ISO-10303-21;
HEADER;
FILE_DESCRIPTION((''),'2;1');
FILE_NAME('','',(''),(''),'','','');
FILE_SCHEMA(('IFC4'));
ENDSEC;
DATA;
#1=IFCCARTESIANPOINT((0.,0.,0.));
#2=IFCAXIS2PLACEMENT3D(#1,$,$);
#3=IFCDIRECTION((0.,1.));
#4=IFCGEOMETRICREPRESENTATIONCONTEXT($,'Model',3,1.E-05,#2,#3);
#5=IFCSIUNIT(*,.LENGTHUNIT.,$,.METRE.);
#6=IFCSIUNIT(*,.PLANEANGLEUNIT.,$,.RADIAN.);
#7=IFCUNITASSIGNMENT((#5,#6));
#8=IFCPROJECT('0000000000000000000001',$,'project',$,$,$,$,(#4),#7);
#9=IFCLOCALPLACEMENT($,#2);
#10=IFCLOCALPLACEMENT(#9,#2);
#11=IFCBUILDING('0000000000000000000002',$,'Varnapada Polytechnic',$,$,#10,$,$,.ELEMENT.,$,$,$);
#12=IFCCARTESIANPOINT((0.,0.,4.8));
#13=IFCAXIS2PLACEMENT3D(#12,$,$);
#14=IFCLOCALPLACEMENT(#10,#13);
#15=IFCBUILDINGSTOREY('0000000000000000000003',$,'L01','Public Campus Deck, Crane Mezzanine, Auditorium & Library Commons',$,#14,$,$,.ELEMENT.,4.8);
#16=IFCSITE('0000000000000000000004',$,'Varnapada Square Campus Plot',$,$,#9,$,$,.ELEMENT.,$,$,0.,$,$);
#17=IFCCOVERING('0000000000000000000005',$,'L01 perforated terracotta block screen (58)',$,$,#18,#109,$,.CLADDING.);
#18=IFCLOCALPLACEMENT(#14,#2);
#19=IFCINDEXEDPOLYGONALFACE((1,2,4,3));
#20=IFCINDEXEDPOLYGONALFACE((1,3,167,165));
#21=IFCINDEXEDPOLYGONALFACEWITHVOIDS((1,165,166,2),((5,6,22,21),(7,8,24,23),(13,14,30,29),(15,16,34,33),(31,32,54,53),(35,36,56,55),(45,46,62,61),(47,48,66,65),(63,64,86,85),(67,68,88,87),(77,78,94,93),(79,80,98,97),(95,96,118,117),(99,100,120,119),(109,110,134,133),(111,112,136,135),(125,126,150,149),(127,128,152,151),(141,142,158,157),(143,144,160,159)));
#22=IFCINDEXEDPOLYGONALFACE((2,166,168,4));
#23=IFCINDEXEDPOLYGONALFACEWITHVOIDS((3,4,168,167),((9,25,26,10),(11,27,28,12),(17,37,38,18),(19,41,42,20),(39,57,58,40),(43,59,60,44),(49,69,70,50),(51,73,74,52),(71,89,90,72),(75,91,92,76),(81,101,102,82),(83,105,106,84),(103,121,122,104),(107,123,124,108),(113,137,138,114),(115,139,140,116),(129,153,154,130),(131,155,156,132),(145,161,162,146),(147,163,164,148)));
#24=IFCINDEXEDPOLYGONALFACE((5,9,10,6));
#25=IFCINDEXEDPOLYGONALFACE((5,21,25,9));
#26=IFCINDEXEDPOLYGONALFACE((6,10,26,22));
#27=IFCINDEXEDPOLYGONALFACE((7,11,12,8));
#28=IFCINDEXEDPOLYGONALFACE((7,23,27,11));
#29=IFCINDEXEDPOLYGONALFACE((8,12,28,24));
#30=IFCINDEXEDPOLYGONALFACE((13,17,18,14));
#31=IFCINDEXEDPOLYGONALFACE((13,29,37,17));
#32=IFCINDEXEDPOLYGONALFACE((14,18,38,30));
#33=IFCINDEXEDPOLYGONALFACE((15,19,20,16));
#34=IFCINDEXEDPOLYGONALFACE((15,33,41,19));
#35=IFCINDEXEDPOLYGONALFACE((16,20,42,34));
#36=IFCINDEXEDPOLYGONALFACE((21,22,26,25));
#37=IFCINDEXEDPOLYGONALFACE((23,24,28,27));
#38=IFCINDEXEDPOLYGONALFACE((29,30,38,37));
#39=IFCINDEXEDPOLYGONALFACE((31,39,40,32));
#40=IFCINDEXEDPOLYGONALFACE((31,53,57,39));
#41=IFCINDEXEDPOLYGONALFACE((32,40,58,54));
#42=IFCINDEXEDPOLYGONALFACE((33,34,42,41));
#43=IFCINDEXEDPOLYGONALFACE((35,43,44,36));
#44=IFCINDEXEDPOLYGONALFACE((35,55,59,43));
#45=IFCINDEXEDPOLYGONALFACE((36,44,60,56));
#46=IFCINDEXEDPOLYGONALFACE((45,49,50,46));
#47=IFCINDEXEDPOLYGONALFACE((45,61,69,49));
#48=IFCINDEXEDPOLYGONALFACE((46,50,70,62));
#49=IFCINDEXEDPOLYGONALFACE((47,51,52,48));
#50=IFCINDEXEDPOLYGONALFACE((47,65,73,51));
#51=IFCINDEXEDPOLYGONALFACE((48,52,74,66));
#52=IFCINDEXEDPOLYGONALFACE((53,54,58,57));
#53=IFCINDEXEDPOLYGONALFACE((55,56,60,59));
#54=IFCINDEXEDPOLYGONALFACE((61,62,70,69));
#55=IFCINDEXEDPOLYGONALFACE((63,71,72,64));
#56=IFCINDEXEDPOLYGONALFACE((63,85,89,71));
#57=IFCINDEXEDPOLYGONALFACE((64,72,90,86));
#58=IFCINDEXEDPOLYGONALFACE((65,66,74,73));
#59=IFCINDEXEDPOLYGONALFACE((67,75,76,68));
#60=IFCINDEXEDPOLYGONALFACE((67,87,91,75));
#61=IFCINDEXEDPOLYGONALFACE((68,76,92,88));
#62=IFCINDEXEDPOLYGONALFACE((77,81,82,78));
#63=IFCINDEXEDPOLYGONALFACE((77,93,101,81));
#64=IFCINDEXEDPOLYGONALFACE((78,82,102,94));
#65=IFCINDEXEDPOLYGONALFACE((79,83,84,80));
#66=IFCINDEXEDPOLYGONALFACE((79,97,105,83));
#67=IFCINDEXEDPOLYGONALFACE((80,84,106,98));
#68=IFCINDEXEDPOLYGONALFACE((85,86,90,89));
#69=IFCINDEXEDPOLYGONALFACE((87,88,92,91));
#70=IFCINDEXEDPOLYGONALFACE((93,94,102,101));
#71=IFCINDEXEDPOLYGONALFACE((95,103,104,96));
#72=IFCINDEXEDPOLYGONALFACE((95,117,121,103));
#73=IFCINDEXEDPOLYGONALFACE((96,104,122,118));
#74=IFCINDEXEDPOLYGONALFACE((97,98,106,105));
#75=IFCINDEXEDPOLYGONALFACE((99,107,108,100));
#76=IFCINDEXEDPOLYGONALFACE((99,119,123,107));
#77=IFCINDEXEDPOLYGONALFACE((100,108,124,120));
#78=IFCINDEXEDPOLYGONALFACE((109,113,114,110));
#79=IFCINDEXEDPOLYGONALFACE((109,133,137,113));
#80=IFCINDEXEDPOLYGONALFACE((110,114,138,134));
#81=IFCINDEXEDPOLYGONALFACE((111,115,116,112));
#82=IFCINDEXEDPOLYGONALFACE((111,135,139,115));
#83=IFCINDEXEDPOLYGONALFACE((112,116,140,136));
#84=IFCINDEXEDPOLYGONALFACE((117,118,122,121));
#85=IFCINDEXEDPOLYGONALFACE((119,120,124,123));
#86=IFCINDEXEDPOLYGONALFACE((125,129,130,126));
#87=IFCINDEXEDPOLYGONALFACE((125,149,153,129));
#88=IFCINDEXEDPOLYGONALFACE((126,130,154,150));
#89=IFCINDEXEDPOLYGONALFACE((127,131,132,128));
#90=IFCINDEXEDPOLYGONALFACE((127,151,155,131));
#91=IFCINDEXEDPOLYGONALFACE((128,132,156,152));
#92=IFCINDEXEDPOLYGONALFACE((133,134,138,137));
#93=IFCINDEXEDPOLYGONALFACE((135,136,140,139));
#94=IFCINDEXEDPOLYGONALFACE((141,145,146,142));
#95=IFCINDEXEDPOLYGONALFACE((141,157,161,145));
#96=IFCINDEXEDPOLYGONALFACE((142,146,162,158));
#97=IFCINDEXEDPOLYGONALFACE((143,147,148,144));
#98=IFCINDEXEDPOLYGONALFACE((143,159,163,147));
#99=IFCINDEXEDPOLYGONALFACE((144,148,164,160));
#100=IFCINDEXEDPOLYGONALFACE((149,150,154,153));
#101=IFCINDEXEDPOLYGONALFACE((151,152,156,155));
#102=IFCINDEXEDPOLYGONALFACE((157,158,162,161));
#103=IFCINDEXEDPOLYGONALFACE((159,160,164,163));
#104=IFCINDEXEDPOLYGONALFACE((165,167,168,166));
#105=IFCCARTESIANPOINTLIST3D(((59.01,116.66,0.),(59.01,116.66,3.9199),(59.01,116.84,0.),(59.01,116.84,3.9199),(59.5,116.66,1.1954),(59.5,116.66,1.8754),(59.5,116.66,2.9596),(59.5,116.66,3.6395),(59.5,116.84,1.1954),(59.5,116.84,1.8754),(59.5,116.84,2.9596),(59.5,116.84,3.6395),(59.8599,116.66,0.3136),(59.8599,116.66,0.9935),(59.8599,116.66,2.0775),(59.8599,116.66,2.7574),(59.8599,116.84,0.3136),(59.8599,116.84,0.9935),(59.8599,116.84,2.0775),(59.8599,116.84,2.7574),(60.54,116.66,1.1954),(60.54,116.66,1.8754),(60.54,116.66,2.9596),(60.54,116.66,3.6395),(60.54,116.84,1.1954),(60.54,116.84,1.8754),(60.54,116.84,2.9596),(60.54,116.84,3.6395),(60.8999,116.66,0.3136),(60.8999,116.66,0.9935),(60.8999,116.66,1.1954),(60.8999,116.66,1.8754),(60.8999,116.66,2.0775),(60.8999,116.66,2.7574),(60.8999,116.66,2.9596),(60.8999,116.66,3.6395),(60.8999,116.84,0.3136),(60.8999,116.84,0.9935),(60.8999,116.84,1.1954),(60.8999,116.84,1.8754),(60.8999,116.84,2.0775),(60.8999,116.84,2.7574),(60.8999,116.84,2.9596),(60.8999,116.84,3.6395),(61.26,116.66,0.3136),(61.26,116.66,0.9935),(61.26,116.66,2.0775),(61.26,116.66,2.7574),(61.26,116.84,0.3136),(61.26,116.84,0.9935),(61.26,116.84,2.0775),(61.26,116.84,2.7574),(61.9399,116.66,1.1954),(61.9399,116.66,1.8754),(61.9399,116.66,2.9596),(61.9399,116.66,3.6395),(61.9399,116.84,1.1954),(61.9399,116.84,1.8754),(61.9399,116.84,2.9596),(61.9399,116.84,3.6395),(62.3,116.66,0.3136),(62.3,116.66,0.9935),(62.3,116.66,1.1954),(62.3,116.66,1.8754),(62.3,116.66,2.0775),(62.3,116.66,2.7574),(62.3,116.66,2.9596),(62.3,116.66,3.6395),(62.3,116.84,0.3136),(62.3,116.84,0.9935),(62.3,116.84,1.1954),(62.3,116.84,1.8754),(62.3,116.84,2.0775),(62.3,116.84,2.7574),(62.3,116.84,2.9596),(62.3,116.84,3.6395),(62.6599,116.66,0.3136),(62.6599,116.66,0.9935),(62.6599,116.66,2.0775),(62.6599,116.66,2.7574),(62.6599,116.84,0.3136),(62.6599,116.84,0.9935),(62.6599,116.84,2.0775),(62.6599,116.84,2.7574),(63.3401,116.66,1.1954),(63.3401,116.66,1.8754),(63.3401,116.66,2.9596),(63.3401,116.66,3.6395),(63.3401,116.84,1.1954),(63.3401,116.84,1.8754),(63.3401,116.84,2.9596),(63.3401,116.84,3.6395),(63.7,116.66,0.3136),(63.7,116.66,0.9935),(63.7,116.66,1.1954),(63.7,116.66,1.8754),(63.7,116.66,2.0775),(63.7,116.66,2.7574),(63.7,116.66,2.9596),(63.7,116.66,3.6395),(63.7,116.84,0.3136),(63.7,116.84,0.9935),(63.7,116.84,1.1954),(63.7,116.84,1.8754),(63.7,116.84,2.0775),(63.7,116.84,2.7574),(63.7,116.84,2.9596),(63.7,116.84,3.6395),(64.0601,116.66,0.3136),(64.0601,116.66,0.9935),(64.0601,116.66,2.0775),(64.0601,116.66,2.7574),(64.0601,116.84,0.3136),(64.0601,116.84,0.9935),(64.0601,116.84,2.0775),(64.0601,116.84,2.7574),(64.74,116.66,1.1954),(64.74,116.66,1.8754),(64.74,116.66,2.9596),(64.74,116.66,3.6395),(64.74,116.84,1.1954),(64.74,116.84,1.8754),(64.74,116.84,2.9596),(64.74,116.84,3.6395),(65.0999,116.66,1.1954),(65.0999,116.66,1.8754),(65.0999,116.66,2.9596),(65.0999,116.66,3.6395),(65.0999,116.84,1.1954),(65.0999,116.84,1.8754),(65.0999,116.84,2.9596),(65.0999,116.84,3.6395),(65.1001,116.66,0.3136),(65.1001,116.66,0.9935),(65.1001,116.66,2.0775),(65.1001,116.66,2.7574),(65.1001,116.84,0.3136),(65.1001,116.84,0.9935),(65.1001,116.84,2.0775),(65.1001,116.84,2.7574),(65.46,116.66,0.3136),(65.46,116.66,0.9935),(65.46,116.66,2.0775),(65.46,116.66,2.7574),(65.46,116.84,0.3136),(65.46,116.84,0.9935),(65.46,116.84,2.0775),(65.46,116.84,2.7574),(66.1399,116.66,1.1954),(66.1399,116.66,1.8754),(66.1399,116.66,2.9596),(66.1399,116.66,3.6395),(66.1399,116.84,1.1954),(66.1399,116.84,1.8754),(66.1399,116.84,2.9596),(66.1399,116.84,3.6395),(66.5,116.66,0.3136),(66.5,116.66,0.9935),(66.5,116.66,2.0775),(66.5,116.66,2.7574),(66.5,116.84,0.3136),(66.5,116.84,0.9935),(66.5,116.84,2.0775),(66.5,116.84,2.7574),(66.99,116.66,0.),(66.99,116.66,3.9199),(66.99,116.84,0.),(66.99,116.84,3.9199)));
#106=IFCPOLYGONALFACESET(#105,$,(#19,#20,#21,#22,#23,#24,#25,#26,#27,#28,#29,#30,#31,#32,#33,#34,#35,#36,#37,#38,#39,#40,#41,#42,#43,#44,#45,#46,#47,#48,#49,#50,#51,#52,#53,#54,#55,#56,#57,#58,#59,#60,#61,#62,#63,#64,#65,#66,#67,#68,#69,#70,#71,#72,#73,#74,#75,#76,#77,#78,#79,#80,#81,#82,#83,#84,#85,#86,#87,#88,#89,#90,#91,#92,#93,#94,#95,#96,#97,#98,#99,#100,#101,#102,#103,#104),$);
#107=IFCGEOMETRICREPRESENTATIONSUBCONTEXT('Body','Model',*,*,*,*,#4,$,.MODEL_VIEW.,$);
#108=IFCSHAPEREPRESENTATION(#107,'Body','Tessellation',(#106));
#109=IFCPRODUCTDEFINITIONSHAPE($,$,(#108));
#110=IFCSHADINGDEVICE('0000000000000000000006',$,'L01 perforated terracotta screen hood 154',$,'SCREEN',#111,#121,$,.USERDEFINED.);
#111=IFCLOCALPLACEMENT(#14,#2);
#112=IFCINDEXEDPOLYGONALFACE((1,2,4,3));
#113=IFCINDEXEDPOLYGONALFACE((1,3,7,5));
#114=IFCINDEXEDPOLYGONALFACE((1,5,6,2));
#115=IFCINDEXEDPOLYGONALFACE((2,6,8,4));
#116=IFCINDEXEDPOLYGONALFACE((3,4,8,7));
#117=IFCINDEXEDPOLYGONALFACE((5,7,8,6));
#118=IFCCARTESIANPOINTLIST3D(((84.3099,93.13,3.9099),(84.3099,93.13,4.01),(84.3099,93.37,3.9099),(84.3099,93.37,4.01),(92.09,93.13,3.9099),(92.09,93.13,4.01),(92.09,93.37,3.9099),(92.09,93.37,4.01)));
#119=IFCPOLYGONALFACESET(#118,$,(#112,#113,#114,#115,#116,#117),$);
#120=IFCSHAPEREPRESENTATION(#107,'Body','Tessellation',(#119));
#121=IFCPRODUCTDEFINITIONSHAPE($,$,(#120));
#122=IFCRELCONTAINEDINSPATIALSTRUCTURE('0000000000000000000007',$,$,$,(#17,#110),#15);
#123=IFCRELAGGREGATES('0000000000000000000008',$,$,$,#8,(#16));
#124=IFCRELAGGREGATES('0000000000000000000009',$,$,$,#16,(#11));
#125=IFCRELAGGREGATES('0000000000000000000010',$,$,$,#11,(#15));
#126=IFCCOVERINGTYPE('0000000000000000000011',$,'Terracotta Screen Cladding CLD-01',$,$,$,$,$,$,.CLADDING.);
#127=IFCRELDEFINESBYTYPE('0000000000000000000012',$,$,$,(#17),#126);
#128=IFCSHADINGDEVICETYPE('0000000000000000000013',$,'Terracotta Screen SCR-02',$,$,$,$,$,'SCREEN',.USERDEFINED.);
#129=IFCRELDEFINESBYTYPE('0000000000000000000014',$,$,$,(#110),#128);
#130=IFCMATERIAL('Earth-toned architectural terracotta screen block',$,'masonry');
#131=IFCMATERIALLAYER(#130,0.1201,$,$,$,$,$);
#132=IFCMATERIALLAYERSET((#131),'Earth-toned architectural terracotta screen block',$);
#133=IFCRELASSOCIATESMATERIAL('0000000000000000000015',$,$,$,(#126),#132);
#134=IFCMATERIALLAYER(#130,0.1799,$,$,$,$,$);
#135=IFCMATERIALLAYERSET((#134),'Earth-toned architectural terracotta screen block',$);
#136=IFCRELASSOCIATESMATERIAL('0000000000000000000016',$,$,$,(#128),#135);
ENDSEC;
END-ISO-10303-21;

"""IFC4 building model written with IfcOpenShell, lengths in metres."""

from ifc_helpers import new_model, si_unit, direction, frame, frame_2d, origin, origin_2d, place, context, subcontext, project, spatial, rectangle, extrude, material, layer, layer_set, type_object, element, save


model = new_model("IFC4")

# Units and contexts
model_context = context("Model", 3, precision=1e-05, world=origin(), true_north=direction((0.0, 1.0)))
body_context = subcontext(model_context, "Body", "Model", "MODEL_VIEW")
ifc_project = project(units=[si_unit("LENGTHUNIT", "METRE"), si_unit("PLANEANGLEUNIT", "RADIAN")], contexts=[model_context])

# Site, building, storey
site_placement = place(None, origin())
site = spatial("IfcSite", under=ifc_project, at=site_placement, Name="Varnapada Square Campus Plot", CompositionType="ELEMENT", RefElevation=0.0)
building_placement = place(site_placement, origin())
building = spatial("IfcBuilding", under=site, at=building_placement, Name="Varnapada Polytechnic", CompositionType="ELEMENT")
storey_placement = place(building_placement, frame((0.0, 0.0, 4.8)))
storey = spatial("IfcBuildingStorey", under=building, at=storey_placement, Name="L01", Description="Public Campus Deck, Crane Mezzanine, Auditorium & Library Commons", CompositionType="ELEMENT", Elevation=4.8)

# Covering, openings
ifc_material = material(Name="Earth-toned architectural terracotta screen block", Category="masonry")
ifc_layer_1 = layer(ifc_material, 0.1201)
ifc_layer_set_1 = layer_set([ifc_layer_1], Name="Earth-toned architectural terracotta screen block")
covering_type = type_object("IfcCoveringType", Name="Terracotta Screen Cladding CLD-01", PredefinedType="CLADDING", material=ifc_layer_set_1)
covering_placement = place(storey_placement, frame((66.99, 116.75, 0.0), z_axis=(0.0, 0.0, 1.0), x_axis=(-1.0, 0.0, 0.0)))
covering = element("IfcCovering", 1, at=covering_placement, inside=storey, type_object=covering_type, Name="L01 perforated terracotta block screen (58)", PredefinedType="CLADDING", context=body_context, shape_type="SweptSolid", body=[
    extrude(rectangle(XDim=7.98, YDim=0.1799, at=frame_2d((3.99, 0.0))), origin(), (0.0, 0.0, 1.0), 3.9199),
])
opening_1_placement = place(covering_placement, frame((0.49, 0.0, 0.3137)))
element("IfcOpeningElement", 2, at=opening_1_placement, cuts=covering, PredefinedType="OPENING", context=body_context, shape_type="SweptSolid", body=[
    extrude(rectangle(XDim=1.04, YDim=0.6799, at=frame_2d((0.52, 0.3398))), frame((0.0, 0.0999, 0.0), z_axis=(0.0, -1.0, 0.0), x_axis=(1.0, 0.0, 0.0)), (0.0, 0.0, 1.0), 0.2),
])
opening_2_placement = place(covering_placement, frame((1.8899, 0.0, 0.3137)))
element("IfcOpeningElement", 3, at=opening_2_placement, cuts=covering, PredefinedType="OPENING", context=body_context, shape_type="SweptSolid", body=[
    extrude(rectangle(XDim=1.04, YDim=0.6799, at=frame_2d((0.52, 0.3398))), frame((0.0, 0.0999, 0.0), z_axis=(0.0, -1.0, 0.0), x_axis=(1.0, 0.0, 0.0)), (0.0, 0.0, 1.0), 0.2),
])
opening_3_placement = place(covering_placement, frame((3.29, 0.0, 0.3137)))
element("IfcOpeningElement", 4, at=opening_3_placement, cuts=covering, PredefinedType="OPENING", context=body_context, shape_type="SweptSolid", body=[
    extrude(rectangle(XDim=1.04, YDim=0.6799, at=frame_2d((0.52, 0.3398))), frame((0.0, 0.0999, 0.0), z_axis=(0.0, -1.0, 0.0), x_axis=(1.0, 0.0, 0.0)), (0.0, 0.0, 1.0), 0.2),
])
opening_4_placement = place(covering_placement, frame((4.6899, 0.0, 0.3137)))
element("IfcOpeningElement", 5, at=opening_4_placement, cuts=covering, PredefinedType="OPENING", context=body_context, shape_type="SweptSolid", body=[
    extrude(rectangle(XDim=1.04, YDim=0.6799, at=frame_2d((0.52, 0.3398))), frame((0.0, 0.0999, 0.0), z_axis=(0.0, -1.0, 0.0), x_axis=(1.0, 0.0, 0.0)), (0.0, 0.0, 1.0), 0.2),
])
opening_5_placement = place(covering_placement, frame((6.0901, 0.0, 0.3137)))
element("IfcOpeningElement", 6, at=opening_5_placement, cuts=covering, PredefinedType="OPENING", context=body_context, shape_type="SweptSolid", body=[
    extrude(rectangle(XDim=1.04, YDim=0.6799, at=frame_2d((0.52, 0.3398))), frame((0.0, 0.0999, 0.0), z_axis=(0.0, -1.0, 0.0), x_axis=(1.0, 0.0, 0.0)), (0.0, 0.0, 1.0), 0.2),
])
opening_6_placement = place(covering_placement, frame((0.8501, 0.0, 1.1956)))
element("IfcOpeningElement", 7, at=opening_6_placement, cuts=covering, PredefinedType="OPENING", context=body_context, shape_type="SweptSolid", body=[
    extrude(rectangle(XDim=1.04, YDim=0.6799, at=frame_2d((0.52, 0.3398))), frame((0.0, 0.0999, 0.0), z_axis=(0.0, -1.0, 0.0), x_axis=(1.0, 0.0, 0.0)), (0.0, 0.0, 1.0), 0.2),
])
opening_7_placement = place(covering_placement, frame((2.25, 0.0, 1.1956)))
element("IfcOpeningElement", 8, at=opening_7_placement, cuts=covering, PredefinedType="OPENING", context=body_context, shape_type="SweptSolid", body=[
    extrude(rectangle(XDim=1.04, YDim=0.6799, at=frame_2d((0.52, 0.3398))), frame((0.0, 0.0999, 0.0), z_axis=(0.0, -1.0, 0.0), x_axis=(1.0, 0.0, 0.0)), (0.0, 0.0, 1.0), 0.2),
])
opening_8_placement = place(covering_placement, frame((3.6499, 0.0, 1.1956)))
element("IfcOpeningElement", 9, at=opening_8_placement, cuts=covering, PredefinedType="OPENING", context=body_context, shape_type="SweptSolid", body=[
    extrude(rectangle(XDim=1.04, YDim=0.6799, at=frame_2d((0.52, 0.3398))), frame((0.0, 0.0999, 0.0), z_axis=(0.0, -1.0, 0.0), x_axis=(1.0, 0.0, 0.0)), (0.0, 0.0, 1.0), 0.2),
])
opening_9_placement = place(covering_placement, frame((5.05, 0.0, 1.1956)))
element("IfcOpeningElement", 10, at=opening_9_placement, cuts=covering, PredefinedType="OPENING", context=body_context, shape_type="SweptSolid", body=[
    extrude(rectangle(XDim=1.04, YDim=0.6799, at=frame_2d((0.52, 0.3398))), frame((0.0, 0.0999, 0.0), z_axis=(0.0, -1.0, 0.0), x_axis=(1.0, 0.0, 0.0)), (0.0, 0.0, 1.0), 0.2),
])
opening_10_placement = place(covering_placement, frame((6.45, 0.0, 1.1956)))
element("IfcOpeningElement", 11, at=opening_10_placement, cuts=covering, PredefinedType="OPENING", context=body_context, shape_type="SweptSolid", body=[
    extrude(rectangle(XDim=1.04, YDim=0.6799, at=frame_2d((0.52, 0.3398))), frame((0.0, 0.0999, 0.0), z_axis=(0.0, -1.0, 0.0), x_axis=(1.0, 0.0, 0.0)), (0.0, 0.0, 1.0), 0.2),
])
opening_11_placement = place(covering_placement, frame((0.49, 0.0, 2.0776)))
element("IfcOpeningElement", 12, at=opening_11_placement, cuts=covering, PredefinedType="OPENING", context=body_context, shape_type="SweptSolid", body=[
    extrude(rectangle(XDim=1.04, YDim=0.6799, at=frame_2d((0.52, 0.3398))), frame((0.0, 0.0999, 0.0), z_axis=(0.0, -1.0, 0.0), x_axis=(1.0, 0.0, 0.0)), (0.0, 0.0, 1.0), 0.2),
])
opening_12_placement = place(covering_placement, frame((1.8899, 0.0, 2.0776)))
element("IfcOpeningElement", 13, at=opening_12_placement, cuts=covering, PredefinedType="OPENING", context=body_context, shape_type="SweptSolid", body=[
    extrude(rectangle(XDim=1.04, YDim=0.6799, at=frame_2d((0.52, 0.3398))), frame((0.0, 0.0999, 0.0), z_axis=(0.0, -1.0, 0.0), x_axis=(1.0, 0.0, 0.0)), (0.0, 0.0, 1.0), 0.2),
])
opening_13_placement = place(covering_placement, frame((3.29, 0.0, 2.0776)))
element("IfcOpeningElement", 14, at=opening_13_placement, cuts=covering, PredefinedType="OPENING", context=body_context, shape_type="SweptSolid", body=[
    extrude(rectangle(XDim=1.04, YDim=0.6799, at=frame_2d((0.52, 0.3398))), frame((0.0, 0.0999, 0.0), z_axis=(0.0, -1.0, 0.0), x_axis=(1.0, 0.0, 0.0)), (0.0, 0.0, 1.0), 0.2),
])
opening_14_placement = place(covering_placement, frame((4.6899, 0.0, 2.0776)))
element("IfcOpeningElement", 15, at=opening_14_placement, cuts=covering, PredefinedType="OPENING", context=body_context, shape_type="SweptSolid", body=[
    extrude(rectangle(XDim=1.04, YDim=0.6799, at=frame_2d((0.52, 0.3398))), frame((0.0, 0.0999, 0.0), z_axis=(0.0, -1.0, 0.0), x_axis=(1.0, 0.0, 0.0)), (0.0, 0.0, 1.0), 0.2),
])
opening_15_placement = place(covering_placement, frame((6.0901, 0.0, 2.0776)))
element("IfcOpeningElement", 16, at=opening_15_placement, cuts=covering, PredefinedType="OPENING", context=body_context, shape_type="SweptSolid", body=[
    extrude(rectangle(XDim=1.04, YDim=0.6799, at=frame_2d((0.52, 0.3398))), frame((0.0, 0.0999, 0.0), z_axis=(0.0, -1.0, 0.0), x_axis=(1.0, 0.0, 0.0)), (0.0, 0.0, 1.0), 0.2),
])
opening_16_placement = place(covering_placement, frame((0.8501, 0.0, 2.9597)))
element("IfcOpeningElement", 17, at=opening_16_placement, cuts=covering, PredefinedType="OPENING", context=body_context, shape_type="SweptSolid", body=[
    extrude(rectangle(XDim=1.04, YDim=0.6799, at=frame_2d((0.52, 0.3398))), frame((0.0, 0.0999, 0.0), z_axis=(0.0, -1.0, 0.0), x_axis=(1.0, 0.0, 0.0)), (0.0, 0.0, 1.0), 0.2),
])
opening_17_placement = place(covering_placement, frame((2.25, 0.0, 2.9597)))
element("IfcOpeningElement", 18, at=opening_17_placement, cuts=covering, PredefinedType="OPENING", context=body_context, shape_type="SweptSolid", body=[
    extrude(rectangle(XDim=1.04, YDim=0.6799, at=frame_2d((0.52, 0.3398))), frame((0.0, 0.0999, 0.0), z_axis=(0.0, -1.0, 0.0), x_axis=(1.0, 0.0, 0.0)), (0.0, 0.0, 1.0), 0.2),
])
opening_18_placement = place(covering_placement, frame((3.6499, 0.0, 2.9597)))
element("IfcOpeningElement", 19, at=opening_18_placement, cuts=covering, PredefinedType="OPENING", context=body_context, shape_type="SweptSolid", body=[
    extrude(rectangle(XDim=1.04, YDim=0.6799, at=frame_2d((0.52, 0.3398))), frame((0.0, 0.0999, 0.0), z_axis=(0.0, -1.0, 0.0), x_axis=(1.0, 0.0, 0.0)), (0.0, 0.0, 1.0), 0.2),
])
opening_19_placement = place(covering_placement, frame((5.05, 0.0, 2.9597)))
element("IfcOpeningElement", 20, at=opening_19_placement, cuts=covering, PredefinedType="OPENING", context=body_context, shape_type="SweptSolid", body=[
    extrude(rectangle(XDim=1.04, YDim=0.6799, at=frame_2d((0.52, 0.3398))), frame((0.0, 0.0999, 0.0), z_axis=(0.0, -1.0, 0.0), x_axis=(1.0, 0.0, 0.0)), (0.0, 0.0, 1.0), 0.2),
])
opening_20_placement = place(covering_placement, frame((6.45, 0.0, 2.9597)))
element("IfcOpeningElement", 21, at=opening_20_placement, cuts=covering, PredefinedType="OPENING", context=body_context, shape_type="SweptSolid", body=[
    extrude(rectangle(XDim=1.04, YDim=0.6799, at=frame_2d((0.52, 0.3398))), frame((0.0, 0.0999, 0.0), z_axis=(0.0, -1.0, 0.0), x_axis=(1.0, 0.0, 0.0)), (0.0, 0.0, 1.0), 0.2),
])

# Shading device
ifc_layer_2 = layer(ifc_material, 0.1799)
ifc_layer_set_2 = layer_set([ifc_layer_2], Name="Earth-toned architectural terracotta screen block")
shading_device_type = type_object("IfcShadingDeviceType", Name="Terracotta Screen SCR-02", ElementType="SCREEN", PredefinedType="USERDEFINED", material=ifc_layer_set_2)
shading_device_placement = place(storey_placement, frame((88.2, 93.25, 3.9099), z_axis=(0.0, 0.0, 1.0), x_axis=(1.0, 0.0, 0.0)))
element("IfcShadingDevice", 22, at=shading_device_placement, inside=storey, type_object=shading_device_type, Name="L01 perforated terracotta screen hood 154", ObjectType="SCREEN", PredefinedType="USERDEFINED", context=body_context, shape_type="SweptSolid", body=[
    extrude(rectangle(XDim=7.78, YDim=0.24, at=origin_2d()), origin(), (0.0, 0.0, 1.0), 0.1001),
])

save(model, "model.ifc")
